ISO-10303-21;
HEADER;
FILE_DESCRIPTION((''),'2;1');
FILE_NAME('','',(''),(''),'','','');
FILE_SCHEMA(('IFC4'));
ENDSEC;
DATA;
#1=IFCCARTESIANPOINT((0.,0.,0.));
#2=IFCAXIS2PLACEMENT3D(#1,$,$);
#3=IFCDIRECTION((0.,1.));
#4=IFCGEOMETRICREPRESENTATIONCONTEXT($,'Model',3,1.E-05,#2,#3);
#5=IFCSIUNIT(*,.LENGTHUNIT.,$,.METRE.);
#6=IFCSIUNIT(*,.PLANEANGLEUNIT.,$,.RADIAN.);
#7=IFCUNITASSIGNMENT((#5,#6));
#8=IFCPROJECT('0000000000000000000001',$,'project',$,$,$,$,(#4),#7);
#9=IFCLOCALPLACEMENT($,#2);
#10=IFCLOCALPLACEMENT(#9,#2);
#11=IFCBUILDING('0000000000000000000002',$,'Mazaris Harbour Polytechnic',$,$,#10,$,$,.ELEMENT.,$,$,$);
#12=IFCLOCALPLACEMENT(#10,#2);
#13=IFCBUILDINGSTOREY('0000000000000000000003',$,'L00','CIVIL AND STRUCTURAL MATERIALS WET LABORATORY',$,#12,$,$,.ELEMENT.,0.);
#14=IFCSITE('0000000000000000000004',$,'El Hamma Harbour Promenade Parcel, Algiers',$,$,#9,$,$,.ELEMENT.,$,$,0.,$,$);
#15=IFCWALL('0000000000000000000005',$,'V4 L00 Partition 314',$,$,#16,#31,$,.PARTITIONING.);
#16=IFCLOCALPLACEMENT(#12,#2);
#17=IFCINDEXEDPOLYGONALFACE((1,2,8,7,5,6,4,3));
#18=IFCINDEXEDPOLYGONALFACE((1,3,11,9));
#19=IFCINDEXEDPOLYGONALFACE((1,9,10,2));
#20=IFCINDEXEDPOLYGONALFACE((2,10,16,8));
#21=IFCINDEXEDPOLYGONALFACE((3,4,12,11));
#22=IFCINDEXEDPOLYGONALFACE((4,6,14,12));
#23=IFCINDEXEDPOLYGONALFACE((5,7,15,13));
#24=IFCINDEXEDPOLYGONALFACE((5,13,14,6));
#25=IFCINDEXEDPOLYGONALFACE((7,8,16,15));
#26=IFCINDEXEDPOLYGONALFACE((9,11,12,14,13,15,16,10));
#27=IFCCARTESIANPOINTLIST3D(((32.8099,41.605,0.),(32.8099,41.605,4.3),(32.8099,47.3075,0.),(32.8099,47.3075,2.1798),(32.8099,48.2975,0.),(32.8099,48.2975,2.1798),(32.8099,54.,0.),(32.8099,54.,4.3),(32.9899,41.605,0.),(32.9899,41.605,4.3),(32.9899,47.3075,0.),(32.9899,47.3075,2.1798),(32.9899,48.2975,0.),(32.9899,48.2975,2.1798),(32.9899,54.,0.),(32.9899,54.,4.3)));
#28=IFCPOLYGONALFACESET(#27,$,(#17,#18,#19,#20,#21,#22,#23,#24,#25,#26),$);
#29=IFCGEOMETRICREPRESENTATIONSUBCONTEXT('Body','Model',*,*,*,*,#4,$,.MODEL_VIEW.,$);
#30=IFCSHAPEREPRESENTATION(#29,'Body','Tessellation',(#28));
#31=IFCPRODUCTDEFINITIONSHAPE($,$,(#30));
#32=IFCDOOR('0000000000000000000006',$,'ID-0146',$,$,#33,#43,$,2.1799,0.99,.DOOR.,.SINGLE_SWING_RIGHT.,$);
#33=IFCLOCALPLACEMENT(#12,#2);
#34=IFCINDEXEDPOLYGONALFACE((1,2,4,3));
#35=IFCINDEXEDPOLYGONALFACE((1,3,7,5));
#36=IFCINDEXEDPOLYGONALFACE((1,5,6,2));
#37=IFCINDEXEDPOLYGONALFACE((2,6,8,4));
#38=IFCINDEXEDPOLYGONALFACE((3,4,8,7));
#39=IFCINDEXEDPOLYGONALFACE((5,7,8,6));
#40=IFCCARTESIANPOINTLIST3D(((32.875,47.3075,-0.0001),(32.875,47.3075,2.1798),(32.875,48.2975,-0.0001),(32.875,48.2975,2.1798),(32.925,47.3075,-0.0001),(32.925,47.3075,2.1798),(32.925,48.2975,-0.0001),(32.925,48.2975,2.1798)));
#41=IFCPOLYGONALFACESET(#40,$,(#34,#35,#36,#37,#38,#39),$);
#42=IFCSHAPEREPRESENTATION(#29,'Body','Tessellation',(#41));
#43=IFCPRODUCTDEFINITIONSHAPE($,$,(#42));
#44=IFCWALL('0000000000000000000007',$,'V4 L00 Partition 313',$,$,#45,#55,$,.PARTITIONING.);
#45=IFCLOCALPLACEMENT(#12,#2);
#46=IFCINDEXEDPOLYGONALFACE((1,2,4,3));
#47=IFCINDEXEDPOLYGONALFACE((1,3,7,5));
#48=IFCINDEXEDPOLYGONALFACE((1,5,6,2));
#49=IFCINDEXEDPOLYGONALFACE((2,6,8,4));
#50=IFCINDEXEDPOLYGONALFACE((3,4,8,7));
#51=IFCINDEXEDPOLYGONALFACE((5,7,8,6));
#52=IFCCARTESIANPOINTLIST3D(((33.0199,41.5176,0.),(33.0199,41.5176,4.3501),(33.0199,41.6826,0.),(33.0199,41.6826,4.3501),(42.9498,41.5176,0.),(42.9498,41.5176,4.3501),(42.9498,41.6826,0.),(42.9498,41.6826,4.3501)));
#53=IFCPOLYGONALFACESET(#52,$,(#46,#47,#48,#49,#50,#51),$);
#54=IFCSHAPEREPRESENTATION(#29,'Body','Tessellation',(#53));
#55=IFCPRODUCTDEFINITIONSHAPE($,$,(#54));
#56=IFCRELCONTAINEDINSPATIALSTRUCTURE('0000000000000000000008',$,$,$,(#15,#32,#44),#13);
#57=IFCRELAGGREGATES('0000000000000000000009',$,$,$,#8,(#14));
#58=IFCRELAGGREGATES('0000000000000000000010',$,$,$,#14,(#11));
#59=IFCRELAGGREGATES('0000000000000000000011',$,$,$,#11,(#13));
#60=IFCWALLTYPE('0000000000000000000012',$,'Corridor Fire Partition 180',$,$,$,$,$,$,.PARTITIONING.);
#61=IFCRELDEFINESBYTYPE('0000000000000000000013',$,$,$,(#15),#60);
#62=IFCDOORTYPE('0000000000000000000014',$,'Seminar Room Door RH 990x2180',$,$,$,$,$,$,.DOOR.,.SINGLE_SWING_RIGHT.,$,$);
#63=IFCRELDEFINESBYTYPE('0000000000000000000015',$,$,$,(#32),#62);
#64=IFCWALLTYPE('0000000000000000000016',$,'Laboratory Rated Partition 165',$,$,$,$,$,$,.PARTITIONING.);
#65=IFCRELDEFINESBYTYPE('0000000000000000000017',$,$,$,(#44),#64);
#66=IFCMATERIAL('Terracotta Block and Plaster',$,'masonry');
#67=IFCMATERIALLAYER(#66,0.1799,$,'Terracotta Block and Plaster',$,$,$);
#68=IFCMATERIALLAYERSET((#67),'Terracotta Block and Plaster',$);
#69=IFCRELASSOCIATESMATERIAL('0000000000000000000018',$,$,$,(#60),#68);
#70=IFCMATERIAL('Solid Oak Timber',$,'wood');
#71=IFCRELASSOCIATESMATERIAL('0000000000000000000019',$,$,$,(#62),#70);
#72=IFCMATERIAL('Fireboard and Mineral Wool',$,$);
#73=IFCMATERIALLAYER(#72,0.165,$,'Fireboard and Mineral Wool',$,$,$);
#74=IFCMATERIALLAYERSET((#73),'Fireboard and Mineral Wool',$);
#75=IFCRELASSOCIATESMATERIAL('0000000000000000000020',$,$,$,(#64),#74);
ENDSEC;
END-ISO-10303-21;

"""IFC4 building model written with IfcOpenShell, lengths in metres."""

from ifc_helpers import new_model, si_unit, direction, frame, frame_2d, origin, place, context, subcontext, project, spatial, rectangle, extrude, material, layer, layer_set, type_object, element, fill, save


model = new_model("IFC4")

# Units and contexts
model_context = context("Model", 3, precision=1e-05, world=origin(), true_north=direction((0.0, 1.0)))
body_context = subcontext(model_context, "Body", "Model", "MODEL_VIEW")
ifc_project = project(units=[si_unit("LENGTHUNIT", "METRE"), si_unit("PLANEANGLEUNIT", "RADIAN")], contexts=[model_context])

# Site, building, storey
site_placement = place(None, origin())
site = spatial("IfcSite", under=ifc_project, at=site_placement, Name="El Hamma Harbour Promenade Parcel, Algiers", CompositionType="ELEMENT", RefElevation=0.0)
building_placement = place(site_placement, origin())
building = spatial("IfcBuilding", under=site, at=building_placement, Name="Mazaris Harbour Polytechnic", CompositionType="ELEMENT")
storey_placement = place(building_placement, origin())
storey = spatial("IfcBuildingStorey", under=building, at=storey_placement, Name="L00", Description="CIVIL AND STRUCTURAL MATERIALS WET LABORATORY", CompositionType="ELEMENT", Elevation=0.0)

# Wall, opening, door
ifc_material_1 = material(Name="Terracotta Block and Plaster", Category="masonry")
ifc_layer_1 = layer(ifc_material_1, 0.1799, Name="Terracotta Block and Plaster")
ifc_layer_set_1 = layer_set([ifc_layer_1], Name="Terracotta Block and Plaster")
wall_type_1 = type_object("IfcWallType", Name="Corridor Fire Partition 180", PredefinedType="PARTITIONING", material=ifc_layer_set_1)
wall_1_placement = place(storey_placement, frame((32.8999, 41.605, 0.0), z_axis=(0.0, 0.0, 1.0), x_axis=(0.0, 1.0, 0.0)))
wall_1 = element("IfcWall", 1, at=wall_1_placement, inside=storey, type_object=wall_type_1, Name="V4 L00 Partition 314", PredefinedType="PARTITIONING", context=body_context, shape_type="SweptSolid", body=[
    extrude(rectangle(XDim=12.395, YDim=0.1799, at=frame_2d((6.1975, 0.0))), origin(), (0.0, 0.0, 1.0), 4.3),
])
opening_placement = place(wall_1_placement, frame((5.7024, 0.0, 0.0)))
opening = element("IfcOpeningElement", 2, at=opening_placement, cuts=wall_1, PredefinedType="OPENING", context=body_context, shape_type="SweptSolid", body=[
    extrude(rectangle(XDim=0.99, YDim=2.1799, at=frame_2d((0.4951, 1.0898))), frame((0.0, 0.0999, 0.0), z_axis=(0.0, -1.0, 0.0), x_axis=(1.0, 0.0, 0.0)), (0.0, 0.0, 1.0), 0.2),
])
ifc_material_2 = material(Name="Solid Oak Timber", Category="wood")
door_type = type_object("IfcDoorType", Name="Seminar Room Door RH 990x2180", OperationType="SINGLE_SWING_RIGHT", PredefinedType="DOOR", material=ifc_material_2)
door_placement = place(opening_placement, origin())
door = element("IfcDoor", 3, at=door_placement, inside=storey, type_object=door_type, Name="ID-0146", OperationType="SINGLE_SWING_RIGHT", OverallHeight=2.1799, OverallWidth=0.99, PredefinedType="DOOR", context=body_context, shape_type="SweptSolid", body=[
    extrude(rectangle(XDim=0.99, YDim=2.1799, at=frame_2d((0.4951, 1.0898))), frame((0.0, 0.0249, 0.0), z_axis=(0.0, -1.0, 0.0), x_axis=(1.0, 0.0, 0.0)), (0.0, 0.0, 1.0), 0.05),
])
fill(opening, door)

# Wall
ifc_material_3 = material(Name="Fireboard and Mineral Wool")
ifc_layer_2 = layer(ifc_material_3, 0.165, Name="Fireboard and Mineral Wool")
ifc_layer_set_2 = layer_set([ifc_layer_2], Name="Fireboard and Mineral Wool")
wall_type_2 = type_object("IfcWallType", Name="Laboratory Rated Partition 165", PredefinedType="PARTITIONING", material=ifc_layer_set_2)
wall_2_placement = place(storey_placement, frame((33.02, 41.6001, 0.0), z_axis=(0.0, 0.0, 1.0), x_axis=(1.0, 0.0, 0.0)))
element("IfcWall", 4, at=wall_2_placement, inside=storey, type_object=wall_type_2, Name="V4 L00 Partition 313", PredefinedType="PARTITIONING", context=body_context, shape_type="SweptSolid", body=[
    extrude(rectangle(XDim=9.9299, YDim=0.165, at=frame_2d((4.9648, 0.0))), origin(), (0.0, 0.0, 1.0), 4.3501),
])

save(model, "model.ifc")
